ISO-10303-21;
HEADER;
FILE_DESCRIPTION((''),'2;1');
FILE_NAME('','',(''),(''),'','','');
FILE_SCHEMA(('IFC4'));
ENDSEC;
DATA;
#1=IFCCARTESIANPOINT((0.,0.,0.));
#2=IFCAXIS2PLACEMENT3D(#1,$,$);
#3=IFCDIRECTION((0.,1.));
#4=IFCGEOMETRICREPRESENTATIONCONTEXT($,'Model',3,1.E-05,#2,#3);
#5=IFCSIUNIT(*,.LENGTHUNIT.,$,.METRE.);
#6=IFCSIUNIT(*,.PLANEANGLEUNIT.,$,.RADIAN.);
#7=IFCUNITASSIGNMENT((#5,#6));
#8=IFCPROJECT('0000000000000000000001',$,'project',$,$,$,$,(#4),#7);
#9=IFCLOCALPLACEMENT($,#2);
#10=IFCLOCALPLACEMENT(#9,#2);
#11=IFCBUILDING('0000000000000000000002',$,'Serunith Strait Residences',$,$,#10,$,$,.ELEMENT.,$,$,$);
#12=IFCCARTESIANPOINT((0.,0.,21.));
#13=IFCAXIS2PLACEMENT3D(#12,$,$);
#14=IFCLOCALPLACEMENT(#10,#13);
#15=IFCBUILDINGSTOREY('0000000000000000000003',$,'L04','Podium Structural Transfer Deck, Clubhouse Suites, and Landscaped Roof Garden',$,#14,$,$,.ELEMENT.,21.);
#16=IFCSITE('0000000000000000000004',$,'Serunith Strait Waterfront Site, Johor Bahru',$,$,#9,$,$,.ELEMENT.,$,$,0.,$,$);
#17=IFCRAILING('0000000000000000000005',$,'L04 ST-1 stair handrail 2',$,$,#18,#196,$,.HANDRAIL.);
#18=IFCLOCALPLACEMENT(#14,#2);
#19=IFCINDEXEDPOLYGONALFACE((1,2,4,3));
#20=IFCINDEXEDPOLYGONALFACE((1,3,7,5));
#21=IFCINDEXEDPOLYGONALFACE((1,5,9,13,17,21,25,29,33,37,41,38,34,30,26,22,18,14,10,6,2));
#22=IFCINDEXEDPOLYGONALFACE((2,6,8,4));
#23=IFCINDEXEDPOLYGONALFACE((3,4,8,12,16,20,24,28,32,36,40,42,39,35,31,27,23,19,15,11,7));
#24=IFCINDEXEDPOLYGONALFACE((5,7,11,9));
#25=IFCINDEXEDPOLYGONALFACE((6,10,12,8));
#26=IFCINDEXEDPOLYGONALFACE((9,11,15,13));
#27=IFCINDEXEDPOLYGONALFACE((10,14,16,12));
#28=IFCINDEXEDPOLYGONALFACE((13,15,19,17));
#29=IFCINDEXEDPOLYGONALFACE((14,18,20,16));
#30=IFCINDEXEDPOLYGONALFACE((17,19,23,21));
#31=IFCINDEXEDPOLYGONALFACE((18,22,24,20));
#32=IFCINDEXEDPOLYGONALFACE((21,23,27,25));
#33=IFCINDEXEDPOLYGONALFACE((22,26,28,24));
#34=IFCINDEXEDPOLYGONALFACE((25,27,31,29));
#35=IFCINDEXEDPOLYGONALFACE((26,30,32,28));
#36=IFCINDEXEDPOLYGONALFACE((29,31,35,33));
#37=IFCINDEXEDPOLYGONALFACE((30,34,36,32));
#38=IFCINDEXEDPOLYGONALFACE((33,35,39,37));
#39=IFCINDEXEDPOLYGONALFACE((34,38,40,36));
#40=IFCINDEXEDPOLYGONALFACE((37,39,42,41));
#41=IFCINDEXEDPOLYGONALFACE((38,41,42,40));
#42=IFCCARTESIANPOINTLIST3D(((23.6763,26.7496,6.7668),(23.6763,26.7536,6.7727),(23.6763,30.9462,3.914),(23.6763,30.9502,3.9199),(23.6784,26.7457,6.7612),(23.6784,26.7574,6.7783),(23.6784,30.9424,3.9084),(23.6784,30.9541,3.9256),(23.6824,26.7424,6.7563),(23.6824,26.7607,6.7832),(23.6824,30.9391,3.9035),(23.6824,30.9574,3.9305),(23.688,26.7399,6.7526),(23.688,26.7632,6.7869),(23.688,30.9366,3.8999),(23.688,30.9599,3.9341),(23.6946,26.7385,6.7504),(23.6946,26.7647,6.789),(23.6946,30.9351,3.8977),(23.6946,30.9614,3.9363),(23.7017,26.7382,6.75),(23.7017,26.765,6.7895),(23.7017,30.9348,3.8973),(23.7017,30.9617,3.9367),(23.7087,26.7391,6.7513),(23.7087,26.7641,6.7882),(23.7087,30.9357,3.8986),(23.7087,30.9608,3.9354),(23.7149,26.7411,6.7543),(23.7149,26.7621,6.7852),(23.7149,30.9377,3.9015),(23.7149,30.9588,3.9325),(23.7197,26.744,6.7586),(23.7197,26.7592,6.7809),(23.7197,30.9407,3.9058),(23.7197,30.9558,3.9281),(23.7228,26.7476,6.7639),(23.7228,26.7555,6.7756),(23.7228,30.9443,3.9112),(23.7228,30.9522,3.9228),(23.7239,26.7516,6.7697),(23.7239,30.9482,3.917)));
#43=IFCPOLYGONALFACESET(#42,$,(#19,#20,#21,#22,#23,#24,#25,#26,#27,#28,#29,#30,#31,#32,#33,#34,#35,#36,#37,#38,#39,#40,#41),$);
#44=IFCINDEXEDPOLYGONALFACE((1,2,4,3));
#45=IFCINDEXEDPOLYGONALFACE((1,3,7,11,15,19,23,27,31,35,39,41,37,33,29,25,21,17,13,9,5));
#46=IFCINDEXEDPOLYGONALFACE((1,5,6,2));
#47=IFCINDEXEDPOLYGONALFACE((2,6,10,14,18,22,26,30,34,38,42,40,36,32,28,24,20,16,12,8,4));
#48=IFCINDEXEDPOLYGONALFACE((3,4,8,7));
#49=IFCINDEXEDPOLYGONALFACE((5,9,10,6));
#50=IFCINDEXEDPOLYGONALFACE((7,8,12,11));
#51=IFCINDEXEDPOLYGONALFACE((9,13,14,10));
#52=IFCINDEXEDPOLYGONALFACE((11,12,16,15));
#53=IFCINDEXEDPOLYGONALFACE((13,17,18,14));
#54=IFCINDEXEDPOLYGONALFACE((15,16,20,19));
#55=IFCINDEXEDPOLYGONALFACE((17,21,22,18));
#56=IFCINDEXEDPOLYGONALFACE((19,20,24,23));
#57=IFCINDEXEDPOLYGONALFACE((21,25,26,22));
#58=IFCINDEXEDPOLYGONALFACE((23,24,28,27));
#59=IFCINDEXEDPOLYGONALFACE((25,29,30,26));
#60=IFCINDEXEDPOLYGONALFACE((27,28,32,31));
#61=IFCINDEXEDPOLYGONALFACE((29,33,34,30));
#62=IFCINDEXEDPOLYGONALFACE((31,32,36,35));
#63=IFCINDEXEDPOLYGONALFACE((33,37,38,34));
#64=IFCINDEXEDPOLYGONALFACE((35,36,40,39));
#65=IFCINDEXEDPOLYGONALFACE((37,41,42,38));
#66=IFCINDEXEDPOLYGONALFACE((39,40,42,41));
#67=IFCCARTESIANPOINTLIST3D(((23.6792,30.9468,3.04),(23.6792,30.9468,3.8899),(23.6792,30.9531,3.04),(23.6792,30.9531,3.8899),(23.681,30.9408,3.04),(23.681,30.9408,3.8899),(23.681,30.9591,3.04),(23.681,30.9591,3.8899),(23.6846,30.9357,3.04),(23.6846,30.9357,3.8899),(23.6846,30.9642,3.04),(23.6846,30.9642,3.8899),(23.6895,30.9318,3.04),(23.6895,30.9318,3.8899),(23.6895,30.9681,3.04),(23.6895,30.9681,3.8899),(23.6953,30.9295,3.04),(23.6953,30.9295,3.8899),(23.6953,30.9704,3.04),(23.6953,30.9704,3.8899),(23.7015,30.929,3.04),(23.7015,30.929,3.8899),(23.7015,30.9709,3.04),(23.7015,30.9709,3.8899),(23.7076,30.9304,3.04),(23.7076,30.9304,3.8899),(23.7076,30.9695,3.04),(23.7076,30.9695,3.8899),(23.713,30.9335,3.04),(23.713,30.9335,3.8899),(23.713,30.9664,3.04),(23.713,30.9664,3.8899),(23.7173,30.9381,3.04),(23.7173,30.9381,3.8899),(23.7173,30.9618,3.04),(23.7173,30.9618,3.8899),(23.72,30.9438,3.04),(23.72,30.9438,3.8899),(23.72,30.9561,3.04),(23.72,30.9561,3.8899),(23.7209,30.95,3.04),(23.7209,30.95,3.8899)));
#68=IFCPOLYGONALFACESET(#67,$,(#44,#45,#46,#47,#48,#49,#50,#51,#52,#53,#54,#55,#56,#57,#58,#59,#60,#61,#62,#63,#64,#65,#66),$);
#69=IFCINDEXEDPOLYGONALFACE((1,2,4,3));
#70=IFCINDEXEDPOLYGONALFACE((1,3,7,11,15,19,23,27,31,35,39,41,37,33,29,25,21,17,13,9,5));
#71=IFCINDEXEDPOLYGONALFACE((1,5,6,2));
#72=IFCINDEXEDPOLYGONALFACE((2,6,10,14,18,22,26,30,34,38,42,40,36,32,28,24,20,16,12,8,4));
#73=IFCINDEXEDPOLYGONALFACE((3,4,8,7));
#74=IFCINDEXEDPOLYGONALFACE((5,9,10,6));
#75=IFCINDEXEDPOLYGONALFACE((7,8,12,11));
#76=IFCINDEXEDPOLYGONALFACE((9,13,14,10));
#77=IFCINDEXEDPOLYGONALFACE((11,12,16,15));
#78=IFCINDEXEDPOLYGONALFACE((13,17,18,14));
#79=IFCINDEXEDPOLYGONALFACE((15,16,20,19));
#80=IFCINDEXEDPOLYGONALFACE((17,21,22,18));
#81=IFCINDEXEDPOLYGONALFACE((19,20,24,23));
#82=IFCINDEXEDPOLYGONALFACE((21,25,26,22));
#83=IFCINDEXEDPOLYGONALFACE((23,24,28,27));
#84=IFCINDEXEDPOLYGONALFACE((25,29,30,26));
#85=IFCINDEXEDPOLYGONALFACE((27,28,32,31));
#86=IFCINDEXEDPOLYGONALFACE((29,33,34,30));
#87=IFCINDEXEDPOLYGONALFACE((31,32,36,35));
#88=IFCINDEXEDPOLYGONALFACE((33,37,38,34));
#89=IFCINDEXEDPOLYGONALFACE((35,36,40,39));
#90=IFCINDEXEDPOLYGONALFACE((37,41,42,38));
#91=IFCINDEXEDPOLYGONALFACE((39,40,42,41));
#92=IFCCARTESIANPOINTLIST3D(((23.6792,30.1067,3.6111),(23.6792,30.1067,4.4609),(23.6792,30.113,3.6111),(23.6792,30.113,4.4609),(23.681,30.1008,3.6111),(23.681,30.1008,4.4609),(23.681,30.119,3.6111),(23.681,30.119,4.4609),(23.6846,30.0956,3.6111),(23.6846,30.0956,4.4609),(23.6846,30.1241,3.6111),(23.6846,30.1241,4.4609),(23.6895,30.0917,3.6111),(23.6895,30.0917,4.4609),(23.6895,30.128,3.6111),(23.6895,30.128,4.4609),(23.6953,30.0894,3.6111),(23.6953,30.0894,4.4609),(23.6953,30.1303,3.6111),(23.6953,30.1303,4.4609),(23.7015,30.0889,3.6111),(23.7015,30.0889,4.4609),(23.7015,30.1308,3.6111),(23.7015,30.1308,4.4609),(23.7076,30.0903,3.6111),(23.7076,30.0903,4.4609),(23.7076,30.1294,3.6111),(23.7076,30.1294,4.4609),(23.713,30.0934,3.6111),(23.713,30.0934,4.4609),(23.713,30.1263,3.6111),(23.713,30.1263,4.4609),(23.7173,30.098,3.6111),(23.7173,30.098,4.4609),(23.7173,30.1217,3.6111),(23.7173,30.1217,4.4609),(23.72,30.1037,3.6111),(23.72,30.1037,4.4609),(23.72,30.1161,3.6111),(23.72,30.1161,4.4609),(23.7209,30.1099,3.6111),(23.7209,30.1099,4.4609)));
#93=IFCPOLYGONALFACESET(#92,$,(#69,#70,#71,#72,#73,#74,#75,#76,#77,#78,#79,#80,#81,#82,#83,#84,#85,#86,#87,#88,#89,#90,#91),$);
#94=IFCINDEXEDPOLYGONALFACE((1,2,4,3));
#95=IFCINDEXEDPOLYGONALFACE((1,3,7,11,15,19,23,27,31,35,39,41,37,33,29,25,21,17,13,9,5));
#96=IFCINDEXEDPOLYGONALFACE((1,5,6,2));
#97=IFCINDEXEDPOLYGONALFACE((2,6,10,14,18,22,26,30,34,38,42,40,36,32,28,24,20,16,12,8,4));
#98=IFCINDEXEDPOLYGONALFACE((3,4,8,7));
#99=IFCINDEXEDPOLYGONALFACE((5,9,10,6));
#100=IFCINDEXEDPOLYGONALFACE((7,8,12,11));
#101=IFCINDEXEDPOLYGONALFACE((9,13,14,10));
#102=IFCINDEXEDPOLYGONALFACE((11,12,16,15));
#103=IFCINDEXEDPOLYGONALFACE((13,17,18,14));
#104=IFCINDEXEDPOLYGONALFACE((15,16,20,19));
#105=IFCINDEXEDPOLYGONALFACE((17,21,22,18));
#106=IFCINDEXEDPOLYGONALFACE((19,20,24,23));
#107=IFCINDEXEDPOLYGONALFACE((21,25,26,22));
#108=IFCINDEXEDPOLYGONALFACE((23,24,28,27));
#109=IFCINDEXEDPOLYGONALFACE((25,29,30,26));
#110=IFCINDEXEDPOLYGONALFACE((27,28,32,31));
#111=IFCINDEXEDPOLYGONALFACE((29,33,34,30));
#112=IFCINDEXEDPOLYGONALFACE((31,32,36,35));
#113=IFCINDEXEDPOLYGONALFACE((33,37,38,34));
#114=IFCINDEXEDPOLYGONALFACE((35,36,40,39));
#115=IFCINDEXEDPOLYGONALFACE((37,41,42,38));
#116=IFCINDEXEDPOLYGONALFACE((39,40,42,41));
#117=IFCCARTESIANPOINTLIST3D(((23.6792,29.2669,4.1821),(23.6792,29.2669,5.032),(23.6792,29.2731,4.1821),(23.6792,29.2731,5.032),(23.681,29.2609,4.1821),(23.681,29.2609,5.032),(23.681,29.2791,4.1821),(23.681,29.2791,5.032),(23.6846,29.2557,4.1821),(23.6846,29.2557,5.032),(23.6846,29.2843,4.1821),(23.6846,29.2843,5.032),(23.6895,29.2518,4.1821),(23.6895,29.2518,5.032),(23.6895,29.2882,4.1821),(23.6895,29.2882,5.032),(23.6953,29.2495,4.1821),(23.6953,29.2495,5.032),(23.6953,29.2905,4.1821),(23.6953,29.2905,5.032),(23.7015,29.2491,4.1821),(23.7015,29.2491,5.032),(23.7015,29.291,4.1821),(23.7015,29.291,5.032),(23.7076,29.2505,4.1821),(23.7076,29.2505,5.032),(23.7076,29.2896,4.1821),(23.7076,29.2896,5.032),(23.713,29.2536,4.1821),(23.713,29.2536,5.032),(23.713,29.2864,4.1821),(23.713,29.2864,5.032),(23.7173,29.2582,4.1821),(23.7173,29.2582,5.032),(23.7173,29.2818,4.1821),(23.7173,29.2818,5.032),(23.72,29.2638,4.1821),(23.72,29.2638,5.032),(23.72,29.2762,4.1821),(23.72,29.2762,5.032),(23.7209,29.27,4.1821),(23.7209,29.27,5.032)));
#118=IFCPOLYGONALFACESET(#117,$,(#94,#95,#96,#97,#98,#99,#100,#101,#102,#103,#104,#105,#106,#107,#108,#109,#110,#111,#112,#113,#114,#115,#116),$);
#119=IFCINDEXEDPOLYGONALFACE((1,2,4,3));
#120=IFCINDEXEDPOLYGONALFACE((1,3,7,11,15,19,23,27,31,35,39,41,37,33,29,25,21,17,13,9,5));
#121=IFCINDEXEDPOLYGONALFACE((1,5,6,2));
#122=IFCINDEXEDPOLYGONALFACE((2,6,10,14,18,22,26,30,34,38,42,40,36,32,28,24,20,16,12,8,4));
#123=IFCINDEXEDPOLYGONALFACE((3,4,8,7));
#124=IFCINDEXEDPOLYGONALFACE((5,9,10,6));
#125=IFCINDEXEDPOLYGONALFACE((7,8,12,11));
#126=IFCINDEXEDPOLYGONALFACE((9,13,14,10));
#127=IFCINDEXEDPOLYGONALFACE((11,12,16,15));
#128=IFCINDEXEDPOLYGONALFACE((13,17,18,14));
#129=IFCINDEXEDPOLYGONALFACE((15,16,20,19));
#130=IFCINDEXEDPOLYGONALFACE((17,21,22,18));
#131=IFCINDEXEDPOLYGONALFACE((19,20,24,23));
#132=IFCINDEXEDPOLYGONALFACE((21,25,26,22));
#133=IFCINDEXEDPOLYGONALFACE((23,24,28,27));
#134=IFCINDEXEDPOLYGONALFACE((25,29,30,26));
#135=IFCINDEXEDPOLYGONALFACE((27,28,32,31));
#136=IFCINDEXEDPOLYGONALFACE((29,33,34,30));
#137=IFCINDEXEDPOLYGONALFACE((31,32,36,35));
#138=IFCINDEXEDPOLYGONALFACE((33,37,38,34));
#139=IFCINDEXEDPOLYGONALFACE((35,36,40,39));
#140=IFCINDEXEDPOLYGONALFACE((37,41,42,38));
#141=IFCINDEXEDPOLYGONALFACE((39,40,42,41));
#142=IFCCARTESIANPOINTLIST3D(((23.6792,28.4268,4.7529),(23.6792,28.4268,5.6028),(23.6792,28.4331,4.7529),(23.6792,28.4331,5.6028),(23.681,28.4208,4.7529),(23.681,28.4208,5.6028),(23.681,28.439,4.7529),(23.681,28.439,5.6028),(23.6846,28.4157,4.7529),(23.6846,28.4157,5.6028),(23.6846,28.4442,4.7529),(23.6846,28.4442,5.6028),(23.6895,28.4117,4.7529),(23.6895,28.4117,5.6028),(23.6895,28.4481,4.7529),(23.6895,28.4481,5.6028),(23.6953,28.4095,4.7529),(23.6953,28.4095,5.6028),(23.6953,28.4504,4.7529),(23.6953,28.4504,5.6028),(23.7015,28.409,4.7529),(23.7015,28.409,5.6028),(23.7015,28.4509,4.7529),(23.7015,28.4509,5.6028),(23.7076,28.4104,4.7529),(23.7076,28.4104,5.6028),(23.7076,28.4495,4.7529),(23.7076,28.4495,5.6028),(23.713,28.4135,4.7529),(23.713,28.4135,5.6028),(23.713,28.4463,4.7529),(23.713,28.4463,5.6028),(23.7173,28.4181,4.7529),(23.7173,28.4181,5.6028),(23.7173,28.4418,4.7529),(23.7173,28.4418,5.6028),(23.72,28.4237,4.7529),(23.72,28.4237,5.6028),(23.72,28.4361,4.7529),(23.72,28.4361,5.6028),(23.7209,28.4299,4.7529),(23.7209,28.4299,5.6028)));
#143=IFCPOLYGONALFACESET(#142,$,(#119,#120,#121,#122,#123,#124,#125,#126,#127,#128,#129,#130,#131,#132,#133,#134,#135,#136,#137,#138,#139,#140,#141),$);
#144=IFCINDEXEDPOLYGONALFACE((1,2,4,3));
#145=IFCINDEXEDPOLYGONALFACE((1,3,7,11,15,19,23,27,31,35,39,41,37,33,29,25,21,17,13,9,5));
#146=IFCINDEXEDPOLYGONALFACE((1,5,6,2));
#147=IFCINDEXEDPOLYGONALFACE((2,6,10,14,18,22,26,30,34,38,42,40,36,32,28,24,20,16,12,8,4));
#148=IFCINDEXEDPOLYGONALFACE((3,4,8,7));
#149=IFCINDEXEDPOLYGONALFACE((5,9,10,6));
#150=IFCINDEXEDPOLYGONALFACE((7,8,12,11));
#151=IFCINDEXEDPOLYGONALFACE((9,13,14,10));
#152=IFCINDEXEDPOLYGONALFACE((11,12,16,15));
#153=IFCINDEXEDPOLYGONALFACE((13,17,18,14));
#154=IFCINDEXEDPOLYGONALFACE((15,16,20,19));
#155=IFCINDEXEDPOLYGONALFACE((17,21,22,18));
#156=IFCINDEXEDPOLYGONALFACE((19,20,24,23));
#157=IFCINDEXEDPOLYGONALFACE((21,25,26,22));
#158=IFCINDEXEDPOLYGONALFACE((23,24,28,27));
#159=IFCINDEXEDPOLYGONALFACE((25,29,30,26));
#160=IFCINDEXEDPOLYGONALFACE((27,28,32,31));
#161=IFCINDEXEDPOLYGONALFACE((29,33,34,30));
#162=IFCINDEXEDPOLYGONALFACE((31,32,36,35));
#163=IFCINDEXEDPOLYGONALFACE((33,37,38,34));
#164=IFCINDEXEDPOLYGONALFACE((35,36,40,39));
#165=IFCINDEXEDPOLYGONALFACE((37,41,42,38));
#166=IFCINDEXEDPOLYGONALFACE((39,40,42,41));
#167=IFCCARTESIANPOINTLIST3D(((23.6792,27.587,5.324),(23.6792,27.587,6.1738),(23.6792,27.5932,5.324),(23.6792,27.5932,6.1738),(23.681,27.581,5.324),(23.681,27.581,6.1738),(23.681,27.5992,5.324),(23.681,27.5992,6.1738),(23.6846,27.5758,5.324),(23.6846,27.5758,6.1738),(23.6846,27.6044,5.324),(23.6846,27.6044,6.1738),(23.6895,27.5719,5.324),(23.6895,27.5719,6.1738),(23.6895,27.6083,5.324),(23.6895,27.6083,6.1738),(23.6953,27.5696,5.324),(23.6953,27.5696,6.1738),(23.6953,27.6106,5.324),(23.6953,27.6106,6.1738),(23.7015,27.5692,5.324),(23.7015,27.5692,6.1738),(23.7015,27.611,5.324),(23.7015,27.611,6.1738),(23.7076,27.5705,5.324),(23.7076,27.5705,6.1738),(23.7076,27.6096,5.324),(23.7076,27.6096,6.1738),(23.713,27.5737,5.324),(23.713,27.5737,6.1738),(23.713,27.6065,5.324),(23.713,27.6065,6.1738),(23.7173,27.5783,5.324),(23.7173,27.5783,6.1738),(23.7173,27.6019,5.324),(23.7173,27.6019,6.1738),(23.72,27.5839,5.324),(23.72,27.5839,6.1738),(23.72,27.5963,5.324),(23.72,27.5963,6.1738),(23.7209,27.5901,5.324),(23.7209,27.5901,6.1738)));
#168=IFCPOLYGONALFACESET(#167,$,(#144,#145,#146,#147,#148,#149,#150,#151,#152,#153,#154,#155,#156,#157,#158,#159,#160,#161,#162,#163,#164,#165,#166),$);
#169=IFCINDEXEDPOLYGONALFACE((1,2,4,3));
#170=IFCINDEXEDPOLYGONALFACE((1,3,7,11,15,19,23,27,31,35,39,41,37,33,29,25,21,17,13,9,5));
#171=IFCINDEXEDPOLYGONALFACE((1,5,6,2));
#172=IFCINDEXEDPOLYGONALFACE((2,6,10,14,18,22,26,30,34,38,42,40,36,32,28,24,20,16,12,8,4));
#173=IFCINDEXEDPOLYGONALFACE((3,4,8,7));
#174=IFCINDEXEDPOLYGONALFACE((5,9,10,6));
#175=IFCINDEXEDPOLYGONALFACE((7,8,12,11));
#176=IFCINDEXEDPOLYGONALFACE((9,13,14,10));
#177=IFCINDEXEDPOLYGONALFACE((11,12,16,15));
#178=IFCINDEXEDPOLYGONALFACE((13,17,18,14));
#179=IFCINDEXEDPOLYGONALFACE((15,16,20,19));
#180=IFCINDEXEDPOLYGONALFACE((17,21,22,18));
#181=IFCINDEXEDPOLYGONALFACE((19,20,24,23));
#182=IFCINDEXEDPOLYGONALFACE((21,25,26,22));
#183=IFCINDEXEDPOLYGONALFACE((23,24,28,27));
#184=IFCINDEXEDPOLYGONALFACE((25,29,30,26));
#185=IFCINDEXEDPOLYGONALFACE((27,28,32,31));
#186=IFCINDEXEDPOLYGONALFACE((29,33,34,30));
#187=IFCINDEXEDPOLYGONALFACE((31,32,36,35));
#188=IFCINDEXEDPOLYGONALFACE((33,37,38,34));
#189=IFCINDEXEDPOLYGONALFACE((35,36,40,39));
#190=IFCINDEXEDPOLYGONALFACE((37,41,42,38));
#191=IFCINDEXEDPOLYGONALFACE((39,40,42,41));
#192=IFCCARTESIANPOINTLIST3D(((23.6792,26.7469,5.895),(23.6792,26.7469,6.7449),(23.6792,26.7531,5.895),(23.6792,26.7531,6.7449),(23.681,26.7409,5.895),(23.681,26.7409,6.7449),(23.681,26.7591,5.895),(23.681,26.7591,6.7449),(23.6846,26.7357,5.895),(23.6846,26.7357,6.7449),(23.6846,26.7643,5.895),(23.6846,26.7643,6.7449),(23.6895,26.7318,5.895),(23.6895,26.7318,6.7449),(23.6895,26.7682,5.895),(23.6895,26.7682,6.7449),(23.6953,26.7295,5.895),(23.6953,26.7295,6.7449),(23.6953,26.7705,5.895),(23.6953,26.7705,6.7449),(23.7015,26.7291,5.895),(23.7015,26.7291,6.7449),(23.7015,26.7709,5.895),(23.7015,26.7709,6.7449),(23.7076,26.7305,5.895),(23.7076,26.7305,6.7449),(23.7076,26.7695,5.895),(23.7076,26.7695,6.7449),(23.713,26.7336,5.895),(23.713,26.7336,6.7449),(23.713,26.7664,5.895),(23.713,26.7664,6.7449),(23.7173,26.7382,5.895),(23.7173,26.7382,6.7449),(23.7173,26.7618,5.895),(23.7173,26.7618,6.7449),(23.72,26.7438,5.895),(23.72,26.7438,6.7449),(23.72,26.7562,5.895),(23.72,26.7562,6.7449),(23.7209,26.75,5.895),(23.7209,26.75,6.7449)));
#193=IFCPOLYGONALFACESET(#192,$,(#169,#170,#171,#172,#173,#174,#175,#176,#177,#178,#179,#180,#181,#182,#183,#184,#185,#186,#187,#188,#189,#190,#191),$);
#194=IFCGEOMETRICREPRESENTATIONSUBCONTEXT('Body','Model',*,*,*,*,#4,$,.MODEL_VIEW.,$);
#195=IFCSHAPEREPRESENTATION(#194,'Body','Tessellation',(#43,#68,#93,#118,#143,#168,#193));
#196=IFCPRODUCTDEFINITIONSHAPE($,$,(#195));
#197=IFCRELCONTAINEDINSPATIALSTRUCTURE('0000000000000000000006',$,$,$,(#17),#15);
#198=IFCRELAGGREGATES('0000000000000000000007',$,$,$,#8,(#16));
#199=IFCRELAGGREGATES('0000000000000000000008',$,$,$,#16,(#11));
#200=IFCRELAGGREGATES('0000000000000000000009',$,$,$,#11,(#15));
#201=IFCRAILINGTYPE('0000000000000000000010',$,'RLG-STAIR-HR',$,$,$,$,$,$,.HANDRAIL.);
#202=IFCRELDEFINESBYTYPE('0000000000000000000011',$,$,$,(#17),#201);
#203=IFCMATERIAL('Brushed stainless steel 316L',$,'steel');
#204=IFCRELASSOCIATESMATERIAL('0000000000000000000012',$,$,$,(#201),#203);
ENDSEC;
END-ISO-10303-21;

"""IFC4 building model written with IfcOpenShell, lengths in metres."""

from ifc_helpers import new_model, si_unit, direction, frame, origin, origin_2d, place, context, subcontext, project, spatial, circle, extrude, material, type_object, element, save


model = new_model("IFC4")

# Units and contexts
model_context = context("Model", 3, precision=1e-05, world=origin(), true_north=direction((0.0, 1.0)))
body_context = subcontext(model_context, "Body", "Model", "MODEL_VIEW")
ifc_project = project(units=[si_unit("LENGTHUNIT", "METRE"), si_unit("PLANEANGLEUNIT", "RADIAN")], contexts=[model_context])

# Site, building, storey
site_placement = place(None, origin())
site = spatial("IfcSite", under=ifc_project, at=site_placement, Name="Serunith Strait Waterfront Site, Johor Bahru", CompositionType="ELEMENT", RefElevation=0.0)
building_placement = place(site_placement, origin())
building = spatial("IfcBuilding", under=site, at=building_placement, Name="Serunith Strait Residences", CompositionType="ELEMENT")
storey_placement = place(building_placement, frame((0.0, 0.0, 21.0)))
storey = spatial("IfcBuildingStorey", under=building, at=storey_placement, Name="L04", Description="Podium Structural Transfer Deck, Clubhouse Suites, and Landscaped Roof Garden", CompositionType="ELEMENT", Elevation=21.0)

# Railing
ifc_material_1 = material(Name="Brushed stainless steel 316L", Category="steel")
railing_type_1 = type_object("IfcRailingType", Name="RLG-STAIR-HR", PredefinedType="HANDRAIL", material=ifc_material_1)
railing_1_placement = place(storey_placement, frame((23.7, 30.95, 3.04)))
element("IfcRailing", 1, at=railing_1_placement, inside=storey, type_object=railing_type_1, Name="L04 ST-1 stair handrail 2", PredefinedType="HANDRAIL", context=body_context, shape_type="SweptSolid", body=[
    extrude(circle(Radius=0.0239, at=origin_2d()), frame((0.0, -0.0017, 0.877), z_axis=(0.0, -0.827017, 0.562177), x_axis=(1.0, 0.0, 0.0)), (0.0, 0.0, 1.0), 5.0745),
    extrude(circle(Radius=0.021, at=origin_2d()), origin(), (0.0, 0.0, 1.0), 0.8499),
    extrude(circle(Radius=0.021, at=origin_2d()), frame((0.0, -0.8401, 0.571)), (0.0, 0.0, 1.0), 0.8499),
    extrude(circle(Radius=0.021, at=origin_2d()), frame((0.0, -1.6799, 1.1421)), (0.0, 0.0, 1.0), 0.8499),
    extrude(circle(Radius=0.021, at=origin_2d()), frame((0.0, -2.52, 1.7129)), (0.0, 0.0, 1.0), 0.8499),
    extrude(circle(Radius=0.021, at=origin_2d()), frame((0.0, -3.3599, 2.2839)), (0.0, 0.0, 1.0), 0.8499),
    extrude(circle(Radius=0.021, at=origin_2d()), frame((0.0, -4.2, 2.855)), (0.0, 0.0, 1.0), 0.8499),
])

save(model, "model.ifc")
